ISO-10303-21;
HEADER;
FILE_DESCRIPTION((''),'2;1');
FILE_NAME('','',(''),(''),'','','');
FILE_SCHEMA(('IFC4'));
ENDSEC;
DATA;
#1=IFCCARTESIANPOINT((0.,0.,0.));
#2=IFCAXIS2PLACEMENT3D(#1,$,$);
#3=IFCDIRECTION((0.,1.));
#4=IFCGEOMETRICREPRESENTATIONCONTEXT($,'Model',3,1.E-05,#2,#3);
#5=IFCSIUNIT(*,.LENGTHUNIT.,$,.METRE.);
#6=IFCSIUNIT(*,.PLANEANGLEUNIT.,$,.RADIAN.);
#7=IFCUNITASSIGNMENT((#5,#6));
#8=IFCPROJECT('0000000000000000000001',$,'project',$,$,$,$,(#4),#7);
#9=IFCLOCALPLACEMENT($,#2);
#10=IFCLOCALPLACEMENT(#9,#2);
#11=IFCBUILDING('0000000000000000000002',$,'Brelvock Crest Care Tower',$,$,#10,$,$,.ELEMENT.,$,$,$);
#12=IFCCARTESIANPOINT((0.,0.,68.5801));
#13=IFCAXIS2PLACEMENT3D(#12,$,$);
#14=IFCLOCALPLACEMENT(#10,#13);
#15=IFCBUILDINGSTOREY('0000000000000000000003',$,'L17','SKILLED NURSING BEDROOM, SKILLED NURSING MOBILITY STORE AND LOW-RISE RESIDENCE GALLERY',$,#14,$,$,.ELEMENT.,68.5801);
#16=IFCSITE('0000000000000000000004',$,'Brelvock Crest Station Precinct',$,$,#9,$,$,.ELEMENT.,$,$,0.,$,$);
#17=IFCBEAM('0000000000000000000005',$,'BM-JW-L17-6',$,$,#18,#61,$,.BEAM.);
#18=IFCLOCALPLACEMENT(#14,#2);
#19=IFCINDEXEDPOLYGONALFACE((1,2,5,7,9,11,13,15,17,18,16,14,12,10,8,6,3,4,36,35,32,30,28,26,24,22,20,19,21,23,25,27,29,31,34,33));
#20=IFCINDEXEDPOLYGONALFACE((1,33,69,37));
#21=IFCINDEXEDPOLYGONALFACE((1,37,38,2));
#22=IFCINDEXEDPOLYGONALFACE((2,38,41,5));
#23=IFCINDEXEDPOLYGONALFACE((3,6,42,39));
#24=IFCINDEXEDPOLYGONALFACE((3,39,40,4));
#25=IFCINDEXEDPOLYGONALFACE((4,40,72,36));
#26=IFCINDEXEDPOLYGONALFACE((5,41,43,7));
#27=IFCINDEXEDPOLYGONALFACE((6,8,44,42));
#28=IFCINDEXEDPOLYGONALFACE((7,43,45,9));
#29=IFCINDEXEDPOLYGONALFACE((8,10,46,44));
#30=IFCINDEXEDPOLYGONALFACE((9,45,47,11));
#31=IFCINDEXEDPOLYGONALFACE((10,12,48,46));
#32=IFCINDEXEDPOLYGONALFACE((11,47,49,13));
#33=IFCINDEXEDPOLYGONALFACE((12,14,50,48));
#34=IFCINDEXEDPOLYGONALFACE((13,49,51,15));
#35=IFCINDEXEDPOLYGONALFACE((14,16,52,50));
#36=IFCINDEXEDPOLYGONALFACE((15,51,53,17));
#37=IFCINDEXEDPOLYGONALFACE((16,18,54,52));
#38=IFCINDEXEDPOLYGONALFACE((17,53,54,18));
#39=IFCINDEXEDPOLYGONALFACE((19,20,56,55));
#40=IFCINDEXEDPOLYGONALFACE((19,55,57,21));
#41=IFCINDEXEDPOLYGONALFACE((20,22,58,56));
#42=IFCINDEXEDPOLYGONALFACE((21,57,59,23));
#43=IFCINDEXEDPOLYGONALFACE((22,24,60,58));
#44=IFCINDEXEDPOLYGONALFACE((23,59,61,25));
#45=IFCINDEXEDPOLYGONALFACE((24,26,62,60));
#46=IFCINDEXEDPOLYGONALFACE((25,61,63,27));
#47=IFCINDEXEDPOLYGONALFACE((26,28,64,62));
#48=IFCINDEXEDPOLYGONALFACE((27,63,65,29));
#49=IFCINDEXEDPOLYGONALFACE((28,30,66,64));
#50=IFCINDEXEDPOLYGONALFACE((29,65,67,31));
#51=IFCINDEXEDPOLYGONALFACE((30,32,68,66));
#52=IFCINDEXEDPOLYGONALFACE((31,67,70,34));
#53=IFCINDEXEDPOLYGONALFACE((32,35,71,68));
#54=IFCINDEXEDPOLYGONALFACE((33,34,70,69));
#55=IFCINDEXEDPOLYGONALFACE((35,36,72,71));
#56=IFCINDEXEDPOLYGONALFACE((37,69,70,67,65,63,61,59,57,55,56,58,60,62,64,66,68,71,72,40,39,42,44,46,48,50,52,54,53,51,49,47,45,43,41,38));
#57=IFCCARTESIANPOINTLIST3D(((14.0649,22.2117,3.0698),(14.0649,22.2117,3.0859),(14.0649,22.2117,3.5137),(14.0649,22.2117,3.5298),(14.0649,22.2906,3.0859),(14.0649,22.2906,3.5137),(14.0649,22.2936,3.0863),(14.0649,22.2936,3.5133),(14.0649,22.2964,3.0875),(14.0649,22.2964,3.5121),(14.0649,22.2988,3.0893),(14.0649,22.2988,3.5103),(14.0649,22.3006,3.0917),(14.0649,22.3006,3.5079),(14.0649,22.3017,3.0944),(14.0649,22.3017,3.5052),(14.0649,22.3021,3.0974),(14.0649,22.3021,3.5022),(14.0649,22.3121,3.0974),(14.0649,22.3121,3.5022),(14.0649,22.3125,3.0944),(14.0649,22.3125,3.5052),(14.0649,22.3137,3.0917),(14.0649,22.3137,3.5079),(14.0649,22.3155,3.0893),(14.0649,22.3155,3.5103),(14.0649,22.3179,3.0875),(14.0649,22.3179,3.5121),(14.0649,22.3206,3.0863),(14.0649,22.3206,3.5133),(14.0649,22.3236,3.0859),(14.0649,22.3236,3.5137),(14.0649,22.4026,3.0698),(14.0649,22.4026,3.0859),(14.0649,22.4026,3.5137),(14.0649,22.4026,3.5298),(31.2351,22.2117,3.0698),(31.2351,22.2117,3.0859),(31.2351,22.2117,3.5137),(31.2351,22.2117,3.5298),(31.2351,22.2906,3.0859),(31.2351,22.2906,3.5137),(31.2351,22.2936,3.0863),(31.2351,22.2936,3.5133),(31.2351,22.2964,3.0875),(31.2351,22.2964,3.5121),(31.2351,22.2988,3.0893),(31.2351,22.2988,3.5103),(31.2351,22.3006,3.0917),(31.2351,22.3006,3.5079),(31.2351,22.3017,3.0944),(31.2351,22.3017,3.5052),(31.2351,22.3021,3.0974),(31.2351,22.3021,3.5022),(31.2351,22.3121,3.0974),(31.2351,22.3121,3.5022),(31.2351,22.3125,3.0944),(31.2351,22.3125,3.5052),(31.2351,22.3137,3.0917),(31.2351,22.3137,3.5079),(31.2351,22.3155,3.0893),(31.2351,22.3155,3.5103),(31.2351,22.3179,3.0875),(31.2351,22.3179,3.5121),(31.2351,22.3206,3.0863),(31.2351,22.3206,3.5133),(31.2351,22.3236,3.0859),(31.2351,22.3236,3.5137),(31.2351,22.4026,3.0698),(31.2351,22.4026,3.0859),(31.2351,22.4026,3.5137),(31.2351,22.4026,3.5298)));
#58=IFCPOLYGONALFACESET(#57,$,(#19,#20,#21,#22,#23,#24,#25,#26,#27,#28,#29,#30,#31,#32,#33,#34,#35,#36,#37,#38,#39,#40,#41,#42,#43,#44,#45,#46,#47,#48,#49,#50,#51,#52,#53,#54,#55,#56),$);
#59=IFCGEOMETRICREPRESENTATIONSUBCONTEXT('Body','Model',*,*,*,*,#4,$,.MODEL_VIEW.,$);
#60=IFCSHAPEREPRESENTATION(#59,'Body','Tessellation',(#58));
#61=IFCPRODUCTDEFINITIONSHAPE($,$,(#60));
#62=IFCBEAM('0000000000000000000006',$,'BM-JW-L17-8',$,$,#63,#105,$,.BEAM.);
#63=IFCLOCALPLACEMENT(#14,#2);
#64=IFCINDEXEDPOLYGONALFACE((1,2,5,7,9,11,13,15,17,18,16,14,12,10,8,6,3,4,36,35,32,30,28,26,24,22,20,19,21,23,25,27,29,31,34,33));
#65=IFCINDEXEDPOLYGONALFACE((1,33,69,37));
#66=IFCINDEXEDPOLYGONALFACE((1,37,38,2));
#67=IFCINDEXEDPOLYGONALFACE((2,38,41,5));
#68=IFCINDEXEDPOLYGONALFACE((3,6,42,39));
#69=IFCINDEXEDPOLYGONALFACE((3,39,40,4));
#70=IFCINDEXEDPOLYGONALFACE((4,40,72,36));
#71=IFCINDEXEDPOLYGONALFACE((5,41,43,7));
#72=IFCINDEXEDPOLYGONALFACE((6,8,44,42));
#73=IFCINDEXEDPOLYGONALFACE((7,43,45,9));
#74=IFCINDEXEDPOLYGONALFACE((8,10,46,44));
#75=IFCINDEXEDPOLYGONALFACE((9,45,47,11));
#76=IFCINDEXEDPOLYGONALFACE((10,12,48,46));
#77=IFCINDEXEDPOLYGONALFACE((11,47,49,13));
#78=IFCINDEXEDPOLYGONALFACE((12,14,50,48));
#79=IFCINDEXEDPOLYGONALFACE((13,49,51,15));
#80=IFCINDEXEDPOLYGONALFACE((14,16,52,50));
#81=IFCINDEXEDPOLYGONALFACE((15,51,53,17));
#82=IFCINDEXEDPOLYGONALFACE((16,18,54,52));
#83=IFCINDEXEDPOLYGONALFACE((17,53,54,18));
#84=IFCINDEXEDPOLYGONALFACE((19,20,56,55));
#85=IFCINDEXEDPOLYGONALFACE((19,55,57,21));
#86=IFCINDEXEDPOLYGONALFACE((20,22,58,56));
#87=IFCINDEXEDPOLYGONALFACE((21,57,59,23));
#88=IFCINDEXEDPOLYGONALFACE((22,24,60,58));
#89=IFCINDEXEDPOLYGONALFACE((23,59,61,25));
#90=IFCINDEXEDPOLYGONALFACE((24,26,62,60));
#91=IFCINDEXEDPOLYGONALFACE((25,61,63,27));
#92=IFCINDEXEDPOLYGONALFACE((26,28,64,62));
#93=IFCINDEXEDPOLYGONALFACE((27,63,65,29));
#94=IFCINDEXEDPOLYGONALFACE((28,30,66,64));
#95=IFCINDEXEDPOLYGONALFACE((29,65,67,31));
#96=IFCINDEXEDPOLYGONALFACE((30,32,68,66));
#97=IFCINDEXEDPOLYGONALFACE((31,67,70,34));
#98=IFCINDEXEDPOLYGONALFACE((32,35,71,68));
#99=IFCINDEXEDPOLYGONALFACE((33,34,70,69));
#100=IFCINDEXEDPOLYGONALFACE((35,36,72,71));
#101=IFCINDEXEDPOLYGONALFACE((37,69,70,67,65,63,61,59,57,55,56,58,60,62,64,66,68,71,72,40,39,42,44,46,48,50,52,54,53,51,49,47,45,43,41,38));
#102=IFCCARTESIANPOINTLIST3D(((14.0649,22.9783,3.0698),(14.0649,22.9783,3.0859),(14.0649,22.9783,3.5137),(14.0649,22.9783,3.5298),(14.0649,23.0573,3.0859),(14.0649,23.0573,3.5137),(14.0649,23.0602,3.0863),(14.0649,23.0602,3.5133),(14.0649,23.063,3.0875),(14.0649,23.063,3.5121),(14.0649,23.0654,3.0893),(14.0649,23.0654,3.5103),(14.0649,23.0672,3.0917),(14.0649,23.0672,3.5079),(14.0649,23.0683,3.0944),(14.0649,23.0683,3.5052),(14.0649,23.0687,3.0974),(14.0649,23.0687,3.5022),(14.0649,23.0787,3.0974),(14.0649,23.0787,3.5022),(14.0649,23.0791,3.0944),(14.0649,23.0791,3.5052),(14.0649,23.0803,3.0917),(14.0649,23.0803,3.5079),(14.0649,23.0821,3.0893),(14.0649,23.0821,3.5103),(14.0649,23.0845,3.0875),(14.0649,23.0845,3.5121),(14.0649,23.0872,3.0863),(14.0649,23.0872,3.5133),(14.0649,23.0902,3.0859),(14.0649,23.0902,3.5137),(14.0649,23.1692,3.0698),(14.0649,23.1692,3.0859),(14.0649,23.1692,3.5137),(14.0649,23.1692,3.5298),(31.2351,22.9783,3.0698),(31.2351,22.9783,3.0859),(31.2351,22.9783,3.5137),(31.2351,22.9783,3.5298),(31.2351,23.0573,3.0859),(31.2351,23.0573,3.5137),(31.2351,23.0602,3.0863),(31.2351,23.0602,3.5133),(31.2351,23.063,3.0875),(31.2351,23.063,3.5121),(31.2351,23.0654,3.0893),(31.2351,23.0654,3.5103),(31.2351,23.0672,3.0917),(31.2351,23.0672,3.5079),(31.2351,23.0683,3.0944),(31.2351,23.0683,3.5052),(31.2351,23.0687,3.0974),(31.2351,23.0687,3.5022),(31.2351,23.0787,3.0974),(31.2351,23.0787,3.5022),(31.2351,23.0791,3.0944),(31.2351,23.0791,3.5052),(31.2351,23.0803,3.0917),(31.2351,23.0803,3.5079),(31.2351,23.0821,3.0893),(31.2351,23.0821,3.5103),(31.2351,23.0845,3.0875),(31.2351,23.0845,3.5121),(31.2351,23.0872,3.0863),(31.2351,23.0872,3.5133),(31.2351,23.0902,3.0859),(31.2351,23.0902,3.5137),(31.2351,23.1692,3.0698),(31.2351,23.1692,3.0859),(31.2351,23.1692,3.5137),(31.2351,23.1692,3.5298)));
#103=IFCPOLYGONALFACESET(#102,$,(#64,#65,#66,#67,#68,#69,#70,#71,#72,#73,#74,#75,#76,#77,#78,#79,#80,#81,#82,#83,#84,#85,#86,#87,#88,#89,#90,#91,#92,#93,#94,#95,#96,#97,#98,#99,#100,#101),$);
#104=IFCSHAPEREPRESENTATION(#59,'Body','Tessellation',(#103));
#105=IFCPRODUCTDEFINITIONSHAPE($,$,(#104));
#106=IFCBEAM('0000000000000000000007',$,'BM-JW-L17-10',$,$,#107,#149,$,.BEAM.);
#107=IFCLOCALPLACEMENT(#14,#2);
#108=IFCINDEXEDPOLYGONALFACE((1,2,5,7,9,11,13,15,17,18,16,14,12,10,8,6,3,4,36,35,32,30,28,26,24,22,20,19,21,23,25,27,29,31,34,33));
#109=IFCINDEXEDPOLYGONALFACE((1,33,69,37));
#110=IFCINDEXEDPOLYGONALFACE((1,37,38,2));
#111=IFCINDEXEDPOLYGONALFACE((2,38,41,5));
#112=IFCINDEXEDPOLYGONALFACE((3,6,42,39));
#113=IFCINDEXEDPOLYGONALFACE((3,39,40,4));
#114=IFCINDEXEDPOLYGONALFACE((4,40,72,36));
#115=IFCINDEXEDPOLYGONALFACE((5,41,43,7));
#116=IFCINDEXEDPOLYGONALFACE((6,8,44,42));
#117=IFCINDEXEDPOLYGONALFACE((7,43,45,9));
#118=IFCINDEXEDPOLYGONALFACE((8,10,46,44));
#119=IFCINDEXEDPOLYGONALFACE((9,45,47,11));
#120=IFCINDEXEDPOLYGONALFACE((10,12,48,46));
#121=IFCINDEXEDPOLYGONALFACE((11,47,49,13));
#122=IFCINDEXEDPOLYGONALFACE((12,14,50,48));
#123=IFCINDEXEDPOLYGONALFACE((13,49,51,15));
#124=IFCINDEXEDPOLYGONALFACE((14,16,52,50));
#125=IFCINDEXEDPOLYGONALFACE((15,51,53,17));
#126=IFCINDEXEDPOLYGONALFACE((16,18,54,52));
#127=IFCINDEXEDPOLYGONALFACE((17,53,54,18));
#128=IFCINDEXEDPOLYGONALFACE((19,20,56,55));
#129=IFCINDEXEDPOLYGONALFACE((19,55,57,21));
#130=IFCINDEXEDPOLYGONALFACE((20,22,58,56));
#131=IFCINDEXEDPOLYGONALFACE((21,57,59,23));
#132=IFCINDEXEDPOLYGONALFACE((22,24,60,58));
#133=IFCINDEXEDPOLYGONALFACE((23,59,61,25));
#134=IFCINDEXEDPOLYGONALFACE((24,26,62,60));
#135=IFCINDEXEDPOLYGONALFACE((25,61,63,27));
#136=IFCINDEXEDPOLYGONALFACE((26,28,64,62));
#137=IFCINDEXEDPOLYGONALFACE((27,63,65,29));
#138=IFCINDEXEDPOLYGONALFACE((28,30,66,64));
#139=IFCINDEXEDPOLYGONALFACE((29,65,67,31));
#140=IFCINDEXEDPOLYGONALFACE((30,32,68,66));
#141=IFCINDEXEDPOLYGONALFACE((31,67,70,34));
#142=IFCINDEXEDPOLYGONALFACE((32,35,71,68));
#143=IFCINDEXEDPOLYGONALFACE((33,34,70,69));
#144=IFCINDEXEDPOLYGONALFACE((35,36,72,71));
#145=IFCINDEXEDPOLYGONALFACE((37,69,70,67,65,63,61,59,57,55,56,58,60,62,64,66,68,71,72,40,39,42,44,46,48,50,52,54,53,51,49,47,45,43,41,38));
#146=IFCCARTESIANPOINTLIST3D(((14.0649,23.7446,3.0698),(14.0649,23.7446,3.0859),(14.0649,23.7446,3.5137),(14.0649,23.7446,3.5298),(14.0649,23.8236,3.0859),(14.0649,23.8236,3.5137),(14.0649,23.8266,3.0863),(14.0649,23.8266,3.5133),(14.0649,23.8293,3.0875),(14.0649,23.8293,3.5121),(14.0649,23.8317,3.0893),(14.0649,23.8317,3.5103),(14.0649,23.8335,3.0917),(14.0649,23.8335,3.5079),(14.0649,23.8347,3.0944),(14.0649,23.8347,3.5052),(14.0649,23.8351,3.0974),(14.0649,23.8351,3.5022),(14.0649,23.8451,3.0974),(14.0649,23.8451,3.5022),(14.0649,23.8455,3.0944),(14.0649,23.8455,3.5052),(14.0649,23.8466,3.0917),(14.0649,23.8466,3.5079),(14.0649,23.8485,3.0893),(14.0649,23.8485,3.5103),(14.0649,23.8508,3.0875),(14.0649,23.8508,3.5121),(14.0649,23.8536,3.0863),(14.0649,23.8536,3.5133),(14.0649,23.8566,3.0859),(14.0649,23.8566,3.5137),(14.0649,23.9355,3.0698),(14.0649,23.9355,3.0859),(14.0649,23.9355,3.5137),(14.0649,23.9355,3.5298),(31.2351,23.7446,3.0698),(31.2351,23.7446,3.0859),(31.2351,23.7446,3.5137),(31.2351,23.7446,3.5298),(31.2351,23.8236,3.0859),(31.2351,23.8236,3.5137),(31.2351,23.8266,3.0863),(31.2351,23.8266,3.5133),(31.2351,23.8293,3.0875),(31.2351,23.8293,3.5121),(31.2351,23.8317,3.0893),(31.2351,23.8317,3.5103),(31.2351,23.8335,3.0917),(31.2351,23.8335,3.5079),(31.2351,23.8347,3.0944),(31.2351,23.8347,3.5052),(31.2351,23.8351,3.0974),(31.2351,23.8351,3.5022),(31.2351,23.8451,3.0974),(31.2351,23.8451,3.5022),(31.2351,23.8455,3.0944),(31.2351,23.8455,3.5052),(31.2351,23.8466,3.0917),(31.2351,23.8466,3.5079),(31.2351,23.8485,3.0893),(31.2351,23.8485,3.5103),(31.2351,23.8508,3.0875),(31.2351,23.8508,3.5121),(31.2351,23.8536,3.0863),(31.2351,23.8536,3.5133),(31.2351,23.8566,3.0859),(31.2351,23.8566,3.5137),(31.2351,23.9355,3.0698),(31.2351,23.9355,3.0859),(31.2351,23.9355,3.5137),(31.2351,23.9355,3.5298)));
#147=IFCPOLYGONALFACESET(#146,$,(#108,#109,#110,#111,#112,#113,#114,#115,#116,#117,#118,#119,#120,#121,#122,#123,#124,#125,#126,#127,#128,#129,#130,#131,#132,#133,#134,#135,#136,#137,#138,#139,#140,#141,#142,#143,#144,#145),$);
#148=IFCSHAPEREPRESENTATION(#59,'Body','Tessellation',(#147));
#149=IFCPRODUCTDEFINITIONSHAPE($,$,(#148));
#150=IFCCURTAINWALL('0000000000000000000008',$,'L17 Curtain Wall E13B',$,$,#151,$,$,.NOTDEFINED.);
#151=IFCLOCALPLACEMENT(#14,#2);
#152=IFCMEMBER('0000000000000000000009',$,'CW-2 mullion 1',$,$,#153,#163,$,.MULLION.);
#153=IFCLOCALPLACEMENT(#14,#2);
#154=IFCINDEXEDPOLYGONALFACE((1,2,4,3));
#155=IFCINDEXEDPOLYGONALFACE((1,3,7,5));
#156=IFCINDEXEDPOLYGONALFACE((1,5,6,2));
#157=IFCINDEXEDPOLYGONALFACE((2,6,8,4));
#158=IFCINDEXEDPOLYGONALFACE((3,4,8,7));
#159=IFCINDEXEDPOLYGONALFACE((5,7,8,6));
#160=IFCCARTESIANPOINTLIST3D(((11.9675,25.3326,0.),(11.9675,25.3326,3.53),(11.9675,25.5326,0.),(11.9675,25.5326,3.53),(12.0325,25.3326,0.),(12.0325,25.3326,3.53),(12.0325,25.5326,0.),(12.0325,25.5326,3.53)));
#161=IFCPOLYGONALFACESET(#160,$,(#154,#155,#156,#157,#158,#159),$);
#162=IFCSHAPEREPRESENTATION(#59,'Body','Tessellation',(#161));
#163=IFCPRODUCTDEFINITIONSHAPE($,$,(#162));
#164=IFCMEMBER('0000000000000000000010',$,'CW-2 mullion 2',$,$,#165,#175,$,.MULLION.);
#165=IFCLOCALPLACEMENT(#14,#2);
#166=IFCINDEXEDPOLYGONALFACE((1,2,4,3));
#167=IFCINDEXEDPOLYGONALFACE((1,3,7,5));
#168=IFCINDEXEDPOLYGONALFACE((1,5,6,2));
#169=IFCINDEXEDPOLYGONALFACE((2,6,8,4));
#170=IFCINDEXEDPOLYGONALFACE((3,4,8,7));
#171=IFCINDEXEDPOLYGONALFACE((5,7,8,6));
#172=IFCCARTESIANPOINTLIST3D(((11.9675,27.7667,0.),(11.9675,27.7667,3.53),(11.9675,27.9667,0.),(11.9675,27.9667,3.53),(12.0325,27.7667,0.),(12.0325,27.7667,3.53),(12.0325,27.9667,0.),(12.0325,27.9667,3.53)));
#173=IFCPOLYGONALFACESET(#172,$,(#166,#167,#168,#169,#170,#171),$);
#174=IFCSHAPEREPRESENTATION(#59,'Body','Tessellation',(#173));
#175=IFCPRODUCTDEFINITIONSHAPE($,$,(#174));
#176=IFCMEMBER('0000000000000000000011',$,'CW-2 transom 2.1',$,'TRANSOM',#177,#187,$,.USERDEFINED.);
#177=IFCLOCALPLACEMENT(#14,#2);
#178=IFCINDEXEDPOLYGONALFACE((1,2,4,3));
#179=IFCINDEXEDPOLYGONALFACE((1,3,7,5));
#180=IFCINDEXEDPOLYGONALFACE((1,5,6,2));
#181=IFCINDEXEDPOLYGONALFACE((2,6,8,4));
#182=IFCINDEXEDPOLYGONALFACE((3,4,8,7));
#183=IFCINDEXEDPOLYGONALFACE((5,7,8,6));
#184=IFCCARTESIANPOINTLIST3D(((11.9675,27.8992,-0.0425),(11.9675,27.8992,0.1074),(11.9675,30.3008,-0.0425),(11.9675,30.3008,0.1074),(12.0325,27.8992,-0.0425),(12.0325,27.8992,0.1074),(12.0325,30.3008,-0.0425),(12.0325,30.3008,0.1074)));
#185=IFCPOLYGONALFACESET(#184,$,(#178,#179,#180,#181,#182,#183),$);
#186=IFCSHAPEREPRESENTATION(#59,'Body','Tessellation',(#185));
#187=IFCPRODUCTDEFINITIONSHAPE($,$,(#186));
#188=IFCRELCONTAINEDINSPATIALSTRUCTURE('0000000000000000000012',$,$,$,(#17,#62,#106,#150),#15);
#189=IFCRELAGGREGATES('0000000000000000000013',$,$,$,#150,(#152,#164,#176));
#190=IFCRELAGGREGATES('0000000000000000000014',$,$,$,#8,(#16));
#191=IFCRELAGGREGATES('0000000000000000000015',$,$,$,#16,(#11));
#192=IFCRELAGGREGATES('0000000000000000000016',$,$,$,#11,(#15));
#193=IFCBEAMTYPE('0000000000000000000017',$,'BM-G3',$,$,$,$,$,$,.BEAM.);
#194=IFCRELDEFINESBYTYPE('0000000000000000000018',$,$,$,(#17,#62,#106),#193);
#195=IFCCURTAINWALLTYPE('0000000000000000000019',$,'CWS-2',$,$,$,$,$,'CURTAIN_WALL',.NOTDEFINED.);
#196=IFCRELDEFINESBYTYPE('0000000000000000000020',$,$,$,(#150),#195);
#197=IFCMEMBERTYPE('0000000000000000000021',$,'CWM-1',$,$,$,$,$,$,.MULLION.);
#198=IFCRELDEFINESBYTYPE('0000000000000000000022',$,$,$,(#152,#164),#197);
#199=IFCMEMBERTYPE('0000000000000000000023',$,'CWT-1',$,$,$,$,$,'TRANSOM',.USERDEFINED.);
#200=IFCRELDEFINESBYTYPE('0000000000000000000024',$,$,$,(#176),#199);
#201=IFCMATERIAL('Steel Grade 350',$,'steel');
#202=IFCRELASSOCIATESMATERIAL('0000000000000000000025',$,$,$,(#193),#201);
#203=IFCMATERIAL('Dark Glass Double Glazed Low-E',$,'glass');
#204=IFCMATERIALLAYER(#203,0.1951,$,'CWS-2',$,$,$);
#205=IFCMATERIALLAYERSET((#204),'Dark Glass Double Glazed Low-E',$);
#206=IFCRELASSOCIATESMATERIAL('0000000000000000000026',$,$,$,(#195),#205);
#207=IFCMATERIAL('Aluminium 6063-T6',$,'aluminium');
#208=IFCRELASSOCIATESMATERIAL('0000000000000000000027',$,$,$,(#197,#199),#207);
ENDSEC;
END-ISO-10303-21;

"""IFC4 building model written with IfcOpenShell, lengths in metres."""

from ifc_helpers import new_model, si_unit, direction, frame, origin, origin_2d, place, context, subcontext, project, spatial, rectangle, i_section, extrude, source, transform, mapped, material, layer, layer_set, material_profile, profile_set, type_object, element, aggregate, save


model = new_model("IFC4")

# Units and contexts
model_context = context("Model", 3, precision=1e-05, world=origin(), true_north=direction((0.0, 1.0)))
body_context = subcontext(model_context, "Body", "Model", "MODEL_VIEW")
ifc_project = project(units=[si_unit("LENGTHUNIT", "METRE"), si_unit("PLANEANGLEUNIT", "RADIAN")], contexts=[model_context])

# Site, building, storey
site_placement = place(None, origin())
site = spatial("IfcSite", under=ifc_project, at=site_placement, Name="Brelvock Crest Station Precinct", CompositionType="ELEMENT", RefElevation=0.0)
building_placement = place(site_placement, origin())
building = spatial("IfcBuilding", under=site, at=building_placement, Name="Brelvock Crest Care Tower", CompositionType="ELEMENT")
storey_placement = place(building_placement, frame((0.0, 0.0, 68.5801)))
storey = spatial("IfcBuildingStorey", under=building, at=storey_placement, Name="L17", Description="SKILLED NURSING BEDROOM, SKILLED NURSING MOBILITY STORE AND LOW-RISE RESIDENCE GALLERY", CompositionType="ELEMENT", Elevation=68.5801)

# Beams
ifc_material_1 = material(Name="Steel Grade 350", Category="steel")
ifc_material_profile_1 = material_profile(ifc_material_1, i_section(OverallWidth=0.1909, OverallDepth=0.46, WebThickness=0.01, FlangeThickness=0.0161, FilletRadius=0.0115, at=origin_2d()), Name="460UB82.1")
ifc_profile_set_1 = profile_set([ifc_material_profile_1], Name="Steel Grade 350")
beam_type_1 = type_object("IfcBeamType", Name="BM-G3", PredefinedType="BEAM", material=ifc_profile_set_1)
shared_shape_1 = source(origin(), body_context, "Body", "SweptSolid", [
    extrude(i_section(OverallWidth=0.1909, OverallDepth=0.46, WebThickness=0.01, FlangeThickness=0.0161, FilletRadius=0.0115, at=origin_2d()), origin(), (0.0, 0.0, 1.0), 17.1702),
])
for number, where, z_axis, x_axis, name in (
    (1, (14.0649, 22.3071, 3.2998), (1.0, 0.0, 0.0), (0.0, 1.0, 0.0), "BM-JW-L17-6"),
    (2, (14.0649, 23.0737, 3.2998), (1.0, 0.0, 0.0), (0.0, 1.0, 0.0), "BM-JW-L17-8"),
    (3, (14.0649, 23.8401, 3.2998), (1.0, 0.0, 0.0), (0.0, 1.0, 0.0), "BM-JW-L17-10"),
):
    element("IfcBeam", number, at=place(storey_placement, frame(where, z_axis=z_axis, x_axis=x_axis)), inside=storey, type_object=beam_type_1, Name=name, PredefinedType="BEAM", context=body_context, shape_type="MappedRepresentation", body=[
        mapped(shared_shape_1, transform((0.0, 0.0, 0.0), x_axis=(1.0, 0.0, 0.0), y_axis=(0.0, 1.0, 0.0), z_axis=(0.0, 0.0, 1.0), scale=1.0)),
    ])

# Curtain wall, members
ifc_material_2 = material(Name="Dark Glass Double Glazed Low-E", Category="glass")
ifc_layer_1 = layer(ifc_material_2, 0.1951, Name="CWS-2")
ifc_layer_set_1 = layer_set([ifc_layer_1], Name="Dark Glass Double Glazed Low-E")
curtain_wall_type = type_object("IfcCurtainWallType", Name="CWS-2", ElementType="CURTAIN_WALL", PredefinedType="NOTDEFINED", material=ifc_layer_set_1)
curtain_wall_placement = place(storey_placement, origin())
curtain_wall = element("IfcCurtainWall", 4, at=curtain_wall_placement, inside=storey, type_object=curtain_wall_type, Name="L17 Curtain Wall E13B", PredefinedType="NOTDEFINED")
ifc_material_3 = material(Name="Aluminium 6063-T6", Category="aluminium")
ifc_material_profile_2 = material_profile(ifc_material_3, rectangle(XDim=0.0649, YDim=0.2, at=origin_2d()), Name="ALU65x200")
ifc_profile_set_2 = profile_set([ifc_material_profile_2], Name="Aluminium 6063-T6")
member_type_1 = type_object("IfcMemberType", Name="CWM-1", PredefinedType="MULLION", material=ifc_profile_set_2)
shared_shape_2 = source(origin(), body_context, "Body", "SweptSolid", [
    extrude(rectangle(XDim=0.0649, YDim=0.2, at=origin_2d()), origin(), (0.0, 0.0, 1.0), 3.53),
])
member_1_placement = place(storey_placement, frame((12.0, 25.4326, 0.0), z_axis=(0.0, 0.0, 1.0), x_axis=(-1.0, 0.0, 0.0)))
member_1 = element("IfcMember", 5, at=member_1_placement, type_object=member_type_1, Name="CW-2 mullion 1", PredefinedType="MULLION", context=body_context, shape_type="MappedRepresentation", body=[
    mapped(shared_shape_2, transform((0.0, 0.0, 0.0), x_axis=(1.0, 0.0, 0.0), y_axis=(0.0, 1.0, 0.0), z_axis=(0.0, 0.0, 1.0), scale=1.0)),
])
member_2_placement = place(storey_placement, frame((12.0, 27.8667, 0.0), z_axis=(0.0, 0.0, 1.0), x_axis=(-1.0, 0.0, 0.0)))
member_2 = element("IfcMember", 6, at=member_2_placement, type_object=member_type_1, Name="CW-2 mullion 2", PredefinedType="MULLION", context=body_context, shape_type="MappedRepresentation", body=[
    mapped(shared_shape_2, transform((0.0, 0.0, 0.0), x_axis=(1.0, 0.0, 0.0), y_axis=(0.0, 1.0, 0.0), z_axis=(0.0, 0.0, 1.0), scale=1.0)),
])
ifc_material_profile_3 = material_profile(ifc_material_3, rectangle(XDim=0.0649, YDim=0.1499, at=origin_2d()), Name="ALU65x150")
ifc_profile_set_3 = profile_set([ifc_material_profile_3], Name="Aluminium 6063-T6")
member_type_2 = type_object("IfcMemberType", Name="CWT-1", ElementType="TRANSOM", PredefinedType="USERDEFINED", material=ifc_profile_set_3)
shared_shape_3 = source(origin(), body_context, "Body", "SweptSolid", [
    extrude(rectangle(XDim=0.0649, YDim=0.1499, at=origin_2d()), origin(), (0.0, 0.0, 1.0), 2.4016),
])
member_3_placement = place(storey_placement, frame((12.0, 27.8992, 0.0325), z_axis=(0.0, 1.0, 0.0), x_axis=(-1.0, 0.0, 0.0)))
member_3 = element("IfcMember", 7, at=member_3_placement, type_object=member_type_2, Name="CW-2 transom 2.1", ObjectType="TRANSOM", PredefinedType="USERDEFINED", context=body_context, shape_type="MappedRepresentation", body=[
    mapped(shared_shape_3, transform((0.0, 0.0, 0.0), x_axis=(1.0, 0.0, 0.0), y_axis=(0.0, 1.0, 0.0), z_axis=(0.0, 0.0, 1.0), scale=1.0)),
])
aggregate(curtain_wall, [member_1, member_2, member_3])

save(model, "model.ifc")
